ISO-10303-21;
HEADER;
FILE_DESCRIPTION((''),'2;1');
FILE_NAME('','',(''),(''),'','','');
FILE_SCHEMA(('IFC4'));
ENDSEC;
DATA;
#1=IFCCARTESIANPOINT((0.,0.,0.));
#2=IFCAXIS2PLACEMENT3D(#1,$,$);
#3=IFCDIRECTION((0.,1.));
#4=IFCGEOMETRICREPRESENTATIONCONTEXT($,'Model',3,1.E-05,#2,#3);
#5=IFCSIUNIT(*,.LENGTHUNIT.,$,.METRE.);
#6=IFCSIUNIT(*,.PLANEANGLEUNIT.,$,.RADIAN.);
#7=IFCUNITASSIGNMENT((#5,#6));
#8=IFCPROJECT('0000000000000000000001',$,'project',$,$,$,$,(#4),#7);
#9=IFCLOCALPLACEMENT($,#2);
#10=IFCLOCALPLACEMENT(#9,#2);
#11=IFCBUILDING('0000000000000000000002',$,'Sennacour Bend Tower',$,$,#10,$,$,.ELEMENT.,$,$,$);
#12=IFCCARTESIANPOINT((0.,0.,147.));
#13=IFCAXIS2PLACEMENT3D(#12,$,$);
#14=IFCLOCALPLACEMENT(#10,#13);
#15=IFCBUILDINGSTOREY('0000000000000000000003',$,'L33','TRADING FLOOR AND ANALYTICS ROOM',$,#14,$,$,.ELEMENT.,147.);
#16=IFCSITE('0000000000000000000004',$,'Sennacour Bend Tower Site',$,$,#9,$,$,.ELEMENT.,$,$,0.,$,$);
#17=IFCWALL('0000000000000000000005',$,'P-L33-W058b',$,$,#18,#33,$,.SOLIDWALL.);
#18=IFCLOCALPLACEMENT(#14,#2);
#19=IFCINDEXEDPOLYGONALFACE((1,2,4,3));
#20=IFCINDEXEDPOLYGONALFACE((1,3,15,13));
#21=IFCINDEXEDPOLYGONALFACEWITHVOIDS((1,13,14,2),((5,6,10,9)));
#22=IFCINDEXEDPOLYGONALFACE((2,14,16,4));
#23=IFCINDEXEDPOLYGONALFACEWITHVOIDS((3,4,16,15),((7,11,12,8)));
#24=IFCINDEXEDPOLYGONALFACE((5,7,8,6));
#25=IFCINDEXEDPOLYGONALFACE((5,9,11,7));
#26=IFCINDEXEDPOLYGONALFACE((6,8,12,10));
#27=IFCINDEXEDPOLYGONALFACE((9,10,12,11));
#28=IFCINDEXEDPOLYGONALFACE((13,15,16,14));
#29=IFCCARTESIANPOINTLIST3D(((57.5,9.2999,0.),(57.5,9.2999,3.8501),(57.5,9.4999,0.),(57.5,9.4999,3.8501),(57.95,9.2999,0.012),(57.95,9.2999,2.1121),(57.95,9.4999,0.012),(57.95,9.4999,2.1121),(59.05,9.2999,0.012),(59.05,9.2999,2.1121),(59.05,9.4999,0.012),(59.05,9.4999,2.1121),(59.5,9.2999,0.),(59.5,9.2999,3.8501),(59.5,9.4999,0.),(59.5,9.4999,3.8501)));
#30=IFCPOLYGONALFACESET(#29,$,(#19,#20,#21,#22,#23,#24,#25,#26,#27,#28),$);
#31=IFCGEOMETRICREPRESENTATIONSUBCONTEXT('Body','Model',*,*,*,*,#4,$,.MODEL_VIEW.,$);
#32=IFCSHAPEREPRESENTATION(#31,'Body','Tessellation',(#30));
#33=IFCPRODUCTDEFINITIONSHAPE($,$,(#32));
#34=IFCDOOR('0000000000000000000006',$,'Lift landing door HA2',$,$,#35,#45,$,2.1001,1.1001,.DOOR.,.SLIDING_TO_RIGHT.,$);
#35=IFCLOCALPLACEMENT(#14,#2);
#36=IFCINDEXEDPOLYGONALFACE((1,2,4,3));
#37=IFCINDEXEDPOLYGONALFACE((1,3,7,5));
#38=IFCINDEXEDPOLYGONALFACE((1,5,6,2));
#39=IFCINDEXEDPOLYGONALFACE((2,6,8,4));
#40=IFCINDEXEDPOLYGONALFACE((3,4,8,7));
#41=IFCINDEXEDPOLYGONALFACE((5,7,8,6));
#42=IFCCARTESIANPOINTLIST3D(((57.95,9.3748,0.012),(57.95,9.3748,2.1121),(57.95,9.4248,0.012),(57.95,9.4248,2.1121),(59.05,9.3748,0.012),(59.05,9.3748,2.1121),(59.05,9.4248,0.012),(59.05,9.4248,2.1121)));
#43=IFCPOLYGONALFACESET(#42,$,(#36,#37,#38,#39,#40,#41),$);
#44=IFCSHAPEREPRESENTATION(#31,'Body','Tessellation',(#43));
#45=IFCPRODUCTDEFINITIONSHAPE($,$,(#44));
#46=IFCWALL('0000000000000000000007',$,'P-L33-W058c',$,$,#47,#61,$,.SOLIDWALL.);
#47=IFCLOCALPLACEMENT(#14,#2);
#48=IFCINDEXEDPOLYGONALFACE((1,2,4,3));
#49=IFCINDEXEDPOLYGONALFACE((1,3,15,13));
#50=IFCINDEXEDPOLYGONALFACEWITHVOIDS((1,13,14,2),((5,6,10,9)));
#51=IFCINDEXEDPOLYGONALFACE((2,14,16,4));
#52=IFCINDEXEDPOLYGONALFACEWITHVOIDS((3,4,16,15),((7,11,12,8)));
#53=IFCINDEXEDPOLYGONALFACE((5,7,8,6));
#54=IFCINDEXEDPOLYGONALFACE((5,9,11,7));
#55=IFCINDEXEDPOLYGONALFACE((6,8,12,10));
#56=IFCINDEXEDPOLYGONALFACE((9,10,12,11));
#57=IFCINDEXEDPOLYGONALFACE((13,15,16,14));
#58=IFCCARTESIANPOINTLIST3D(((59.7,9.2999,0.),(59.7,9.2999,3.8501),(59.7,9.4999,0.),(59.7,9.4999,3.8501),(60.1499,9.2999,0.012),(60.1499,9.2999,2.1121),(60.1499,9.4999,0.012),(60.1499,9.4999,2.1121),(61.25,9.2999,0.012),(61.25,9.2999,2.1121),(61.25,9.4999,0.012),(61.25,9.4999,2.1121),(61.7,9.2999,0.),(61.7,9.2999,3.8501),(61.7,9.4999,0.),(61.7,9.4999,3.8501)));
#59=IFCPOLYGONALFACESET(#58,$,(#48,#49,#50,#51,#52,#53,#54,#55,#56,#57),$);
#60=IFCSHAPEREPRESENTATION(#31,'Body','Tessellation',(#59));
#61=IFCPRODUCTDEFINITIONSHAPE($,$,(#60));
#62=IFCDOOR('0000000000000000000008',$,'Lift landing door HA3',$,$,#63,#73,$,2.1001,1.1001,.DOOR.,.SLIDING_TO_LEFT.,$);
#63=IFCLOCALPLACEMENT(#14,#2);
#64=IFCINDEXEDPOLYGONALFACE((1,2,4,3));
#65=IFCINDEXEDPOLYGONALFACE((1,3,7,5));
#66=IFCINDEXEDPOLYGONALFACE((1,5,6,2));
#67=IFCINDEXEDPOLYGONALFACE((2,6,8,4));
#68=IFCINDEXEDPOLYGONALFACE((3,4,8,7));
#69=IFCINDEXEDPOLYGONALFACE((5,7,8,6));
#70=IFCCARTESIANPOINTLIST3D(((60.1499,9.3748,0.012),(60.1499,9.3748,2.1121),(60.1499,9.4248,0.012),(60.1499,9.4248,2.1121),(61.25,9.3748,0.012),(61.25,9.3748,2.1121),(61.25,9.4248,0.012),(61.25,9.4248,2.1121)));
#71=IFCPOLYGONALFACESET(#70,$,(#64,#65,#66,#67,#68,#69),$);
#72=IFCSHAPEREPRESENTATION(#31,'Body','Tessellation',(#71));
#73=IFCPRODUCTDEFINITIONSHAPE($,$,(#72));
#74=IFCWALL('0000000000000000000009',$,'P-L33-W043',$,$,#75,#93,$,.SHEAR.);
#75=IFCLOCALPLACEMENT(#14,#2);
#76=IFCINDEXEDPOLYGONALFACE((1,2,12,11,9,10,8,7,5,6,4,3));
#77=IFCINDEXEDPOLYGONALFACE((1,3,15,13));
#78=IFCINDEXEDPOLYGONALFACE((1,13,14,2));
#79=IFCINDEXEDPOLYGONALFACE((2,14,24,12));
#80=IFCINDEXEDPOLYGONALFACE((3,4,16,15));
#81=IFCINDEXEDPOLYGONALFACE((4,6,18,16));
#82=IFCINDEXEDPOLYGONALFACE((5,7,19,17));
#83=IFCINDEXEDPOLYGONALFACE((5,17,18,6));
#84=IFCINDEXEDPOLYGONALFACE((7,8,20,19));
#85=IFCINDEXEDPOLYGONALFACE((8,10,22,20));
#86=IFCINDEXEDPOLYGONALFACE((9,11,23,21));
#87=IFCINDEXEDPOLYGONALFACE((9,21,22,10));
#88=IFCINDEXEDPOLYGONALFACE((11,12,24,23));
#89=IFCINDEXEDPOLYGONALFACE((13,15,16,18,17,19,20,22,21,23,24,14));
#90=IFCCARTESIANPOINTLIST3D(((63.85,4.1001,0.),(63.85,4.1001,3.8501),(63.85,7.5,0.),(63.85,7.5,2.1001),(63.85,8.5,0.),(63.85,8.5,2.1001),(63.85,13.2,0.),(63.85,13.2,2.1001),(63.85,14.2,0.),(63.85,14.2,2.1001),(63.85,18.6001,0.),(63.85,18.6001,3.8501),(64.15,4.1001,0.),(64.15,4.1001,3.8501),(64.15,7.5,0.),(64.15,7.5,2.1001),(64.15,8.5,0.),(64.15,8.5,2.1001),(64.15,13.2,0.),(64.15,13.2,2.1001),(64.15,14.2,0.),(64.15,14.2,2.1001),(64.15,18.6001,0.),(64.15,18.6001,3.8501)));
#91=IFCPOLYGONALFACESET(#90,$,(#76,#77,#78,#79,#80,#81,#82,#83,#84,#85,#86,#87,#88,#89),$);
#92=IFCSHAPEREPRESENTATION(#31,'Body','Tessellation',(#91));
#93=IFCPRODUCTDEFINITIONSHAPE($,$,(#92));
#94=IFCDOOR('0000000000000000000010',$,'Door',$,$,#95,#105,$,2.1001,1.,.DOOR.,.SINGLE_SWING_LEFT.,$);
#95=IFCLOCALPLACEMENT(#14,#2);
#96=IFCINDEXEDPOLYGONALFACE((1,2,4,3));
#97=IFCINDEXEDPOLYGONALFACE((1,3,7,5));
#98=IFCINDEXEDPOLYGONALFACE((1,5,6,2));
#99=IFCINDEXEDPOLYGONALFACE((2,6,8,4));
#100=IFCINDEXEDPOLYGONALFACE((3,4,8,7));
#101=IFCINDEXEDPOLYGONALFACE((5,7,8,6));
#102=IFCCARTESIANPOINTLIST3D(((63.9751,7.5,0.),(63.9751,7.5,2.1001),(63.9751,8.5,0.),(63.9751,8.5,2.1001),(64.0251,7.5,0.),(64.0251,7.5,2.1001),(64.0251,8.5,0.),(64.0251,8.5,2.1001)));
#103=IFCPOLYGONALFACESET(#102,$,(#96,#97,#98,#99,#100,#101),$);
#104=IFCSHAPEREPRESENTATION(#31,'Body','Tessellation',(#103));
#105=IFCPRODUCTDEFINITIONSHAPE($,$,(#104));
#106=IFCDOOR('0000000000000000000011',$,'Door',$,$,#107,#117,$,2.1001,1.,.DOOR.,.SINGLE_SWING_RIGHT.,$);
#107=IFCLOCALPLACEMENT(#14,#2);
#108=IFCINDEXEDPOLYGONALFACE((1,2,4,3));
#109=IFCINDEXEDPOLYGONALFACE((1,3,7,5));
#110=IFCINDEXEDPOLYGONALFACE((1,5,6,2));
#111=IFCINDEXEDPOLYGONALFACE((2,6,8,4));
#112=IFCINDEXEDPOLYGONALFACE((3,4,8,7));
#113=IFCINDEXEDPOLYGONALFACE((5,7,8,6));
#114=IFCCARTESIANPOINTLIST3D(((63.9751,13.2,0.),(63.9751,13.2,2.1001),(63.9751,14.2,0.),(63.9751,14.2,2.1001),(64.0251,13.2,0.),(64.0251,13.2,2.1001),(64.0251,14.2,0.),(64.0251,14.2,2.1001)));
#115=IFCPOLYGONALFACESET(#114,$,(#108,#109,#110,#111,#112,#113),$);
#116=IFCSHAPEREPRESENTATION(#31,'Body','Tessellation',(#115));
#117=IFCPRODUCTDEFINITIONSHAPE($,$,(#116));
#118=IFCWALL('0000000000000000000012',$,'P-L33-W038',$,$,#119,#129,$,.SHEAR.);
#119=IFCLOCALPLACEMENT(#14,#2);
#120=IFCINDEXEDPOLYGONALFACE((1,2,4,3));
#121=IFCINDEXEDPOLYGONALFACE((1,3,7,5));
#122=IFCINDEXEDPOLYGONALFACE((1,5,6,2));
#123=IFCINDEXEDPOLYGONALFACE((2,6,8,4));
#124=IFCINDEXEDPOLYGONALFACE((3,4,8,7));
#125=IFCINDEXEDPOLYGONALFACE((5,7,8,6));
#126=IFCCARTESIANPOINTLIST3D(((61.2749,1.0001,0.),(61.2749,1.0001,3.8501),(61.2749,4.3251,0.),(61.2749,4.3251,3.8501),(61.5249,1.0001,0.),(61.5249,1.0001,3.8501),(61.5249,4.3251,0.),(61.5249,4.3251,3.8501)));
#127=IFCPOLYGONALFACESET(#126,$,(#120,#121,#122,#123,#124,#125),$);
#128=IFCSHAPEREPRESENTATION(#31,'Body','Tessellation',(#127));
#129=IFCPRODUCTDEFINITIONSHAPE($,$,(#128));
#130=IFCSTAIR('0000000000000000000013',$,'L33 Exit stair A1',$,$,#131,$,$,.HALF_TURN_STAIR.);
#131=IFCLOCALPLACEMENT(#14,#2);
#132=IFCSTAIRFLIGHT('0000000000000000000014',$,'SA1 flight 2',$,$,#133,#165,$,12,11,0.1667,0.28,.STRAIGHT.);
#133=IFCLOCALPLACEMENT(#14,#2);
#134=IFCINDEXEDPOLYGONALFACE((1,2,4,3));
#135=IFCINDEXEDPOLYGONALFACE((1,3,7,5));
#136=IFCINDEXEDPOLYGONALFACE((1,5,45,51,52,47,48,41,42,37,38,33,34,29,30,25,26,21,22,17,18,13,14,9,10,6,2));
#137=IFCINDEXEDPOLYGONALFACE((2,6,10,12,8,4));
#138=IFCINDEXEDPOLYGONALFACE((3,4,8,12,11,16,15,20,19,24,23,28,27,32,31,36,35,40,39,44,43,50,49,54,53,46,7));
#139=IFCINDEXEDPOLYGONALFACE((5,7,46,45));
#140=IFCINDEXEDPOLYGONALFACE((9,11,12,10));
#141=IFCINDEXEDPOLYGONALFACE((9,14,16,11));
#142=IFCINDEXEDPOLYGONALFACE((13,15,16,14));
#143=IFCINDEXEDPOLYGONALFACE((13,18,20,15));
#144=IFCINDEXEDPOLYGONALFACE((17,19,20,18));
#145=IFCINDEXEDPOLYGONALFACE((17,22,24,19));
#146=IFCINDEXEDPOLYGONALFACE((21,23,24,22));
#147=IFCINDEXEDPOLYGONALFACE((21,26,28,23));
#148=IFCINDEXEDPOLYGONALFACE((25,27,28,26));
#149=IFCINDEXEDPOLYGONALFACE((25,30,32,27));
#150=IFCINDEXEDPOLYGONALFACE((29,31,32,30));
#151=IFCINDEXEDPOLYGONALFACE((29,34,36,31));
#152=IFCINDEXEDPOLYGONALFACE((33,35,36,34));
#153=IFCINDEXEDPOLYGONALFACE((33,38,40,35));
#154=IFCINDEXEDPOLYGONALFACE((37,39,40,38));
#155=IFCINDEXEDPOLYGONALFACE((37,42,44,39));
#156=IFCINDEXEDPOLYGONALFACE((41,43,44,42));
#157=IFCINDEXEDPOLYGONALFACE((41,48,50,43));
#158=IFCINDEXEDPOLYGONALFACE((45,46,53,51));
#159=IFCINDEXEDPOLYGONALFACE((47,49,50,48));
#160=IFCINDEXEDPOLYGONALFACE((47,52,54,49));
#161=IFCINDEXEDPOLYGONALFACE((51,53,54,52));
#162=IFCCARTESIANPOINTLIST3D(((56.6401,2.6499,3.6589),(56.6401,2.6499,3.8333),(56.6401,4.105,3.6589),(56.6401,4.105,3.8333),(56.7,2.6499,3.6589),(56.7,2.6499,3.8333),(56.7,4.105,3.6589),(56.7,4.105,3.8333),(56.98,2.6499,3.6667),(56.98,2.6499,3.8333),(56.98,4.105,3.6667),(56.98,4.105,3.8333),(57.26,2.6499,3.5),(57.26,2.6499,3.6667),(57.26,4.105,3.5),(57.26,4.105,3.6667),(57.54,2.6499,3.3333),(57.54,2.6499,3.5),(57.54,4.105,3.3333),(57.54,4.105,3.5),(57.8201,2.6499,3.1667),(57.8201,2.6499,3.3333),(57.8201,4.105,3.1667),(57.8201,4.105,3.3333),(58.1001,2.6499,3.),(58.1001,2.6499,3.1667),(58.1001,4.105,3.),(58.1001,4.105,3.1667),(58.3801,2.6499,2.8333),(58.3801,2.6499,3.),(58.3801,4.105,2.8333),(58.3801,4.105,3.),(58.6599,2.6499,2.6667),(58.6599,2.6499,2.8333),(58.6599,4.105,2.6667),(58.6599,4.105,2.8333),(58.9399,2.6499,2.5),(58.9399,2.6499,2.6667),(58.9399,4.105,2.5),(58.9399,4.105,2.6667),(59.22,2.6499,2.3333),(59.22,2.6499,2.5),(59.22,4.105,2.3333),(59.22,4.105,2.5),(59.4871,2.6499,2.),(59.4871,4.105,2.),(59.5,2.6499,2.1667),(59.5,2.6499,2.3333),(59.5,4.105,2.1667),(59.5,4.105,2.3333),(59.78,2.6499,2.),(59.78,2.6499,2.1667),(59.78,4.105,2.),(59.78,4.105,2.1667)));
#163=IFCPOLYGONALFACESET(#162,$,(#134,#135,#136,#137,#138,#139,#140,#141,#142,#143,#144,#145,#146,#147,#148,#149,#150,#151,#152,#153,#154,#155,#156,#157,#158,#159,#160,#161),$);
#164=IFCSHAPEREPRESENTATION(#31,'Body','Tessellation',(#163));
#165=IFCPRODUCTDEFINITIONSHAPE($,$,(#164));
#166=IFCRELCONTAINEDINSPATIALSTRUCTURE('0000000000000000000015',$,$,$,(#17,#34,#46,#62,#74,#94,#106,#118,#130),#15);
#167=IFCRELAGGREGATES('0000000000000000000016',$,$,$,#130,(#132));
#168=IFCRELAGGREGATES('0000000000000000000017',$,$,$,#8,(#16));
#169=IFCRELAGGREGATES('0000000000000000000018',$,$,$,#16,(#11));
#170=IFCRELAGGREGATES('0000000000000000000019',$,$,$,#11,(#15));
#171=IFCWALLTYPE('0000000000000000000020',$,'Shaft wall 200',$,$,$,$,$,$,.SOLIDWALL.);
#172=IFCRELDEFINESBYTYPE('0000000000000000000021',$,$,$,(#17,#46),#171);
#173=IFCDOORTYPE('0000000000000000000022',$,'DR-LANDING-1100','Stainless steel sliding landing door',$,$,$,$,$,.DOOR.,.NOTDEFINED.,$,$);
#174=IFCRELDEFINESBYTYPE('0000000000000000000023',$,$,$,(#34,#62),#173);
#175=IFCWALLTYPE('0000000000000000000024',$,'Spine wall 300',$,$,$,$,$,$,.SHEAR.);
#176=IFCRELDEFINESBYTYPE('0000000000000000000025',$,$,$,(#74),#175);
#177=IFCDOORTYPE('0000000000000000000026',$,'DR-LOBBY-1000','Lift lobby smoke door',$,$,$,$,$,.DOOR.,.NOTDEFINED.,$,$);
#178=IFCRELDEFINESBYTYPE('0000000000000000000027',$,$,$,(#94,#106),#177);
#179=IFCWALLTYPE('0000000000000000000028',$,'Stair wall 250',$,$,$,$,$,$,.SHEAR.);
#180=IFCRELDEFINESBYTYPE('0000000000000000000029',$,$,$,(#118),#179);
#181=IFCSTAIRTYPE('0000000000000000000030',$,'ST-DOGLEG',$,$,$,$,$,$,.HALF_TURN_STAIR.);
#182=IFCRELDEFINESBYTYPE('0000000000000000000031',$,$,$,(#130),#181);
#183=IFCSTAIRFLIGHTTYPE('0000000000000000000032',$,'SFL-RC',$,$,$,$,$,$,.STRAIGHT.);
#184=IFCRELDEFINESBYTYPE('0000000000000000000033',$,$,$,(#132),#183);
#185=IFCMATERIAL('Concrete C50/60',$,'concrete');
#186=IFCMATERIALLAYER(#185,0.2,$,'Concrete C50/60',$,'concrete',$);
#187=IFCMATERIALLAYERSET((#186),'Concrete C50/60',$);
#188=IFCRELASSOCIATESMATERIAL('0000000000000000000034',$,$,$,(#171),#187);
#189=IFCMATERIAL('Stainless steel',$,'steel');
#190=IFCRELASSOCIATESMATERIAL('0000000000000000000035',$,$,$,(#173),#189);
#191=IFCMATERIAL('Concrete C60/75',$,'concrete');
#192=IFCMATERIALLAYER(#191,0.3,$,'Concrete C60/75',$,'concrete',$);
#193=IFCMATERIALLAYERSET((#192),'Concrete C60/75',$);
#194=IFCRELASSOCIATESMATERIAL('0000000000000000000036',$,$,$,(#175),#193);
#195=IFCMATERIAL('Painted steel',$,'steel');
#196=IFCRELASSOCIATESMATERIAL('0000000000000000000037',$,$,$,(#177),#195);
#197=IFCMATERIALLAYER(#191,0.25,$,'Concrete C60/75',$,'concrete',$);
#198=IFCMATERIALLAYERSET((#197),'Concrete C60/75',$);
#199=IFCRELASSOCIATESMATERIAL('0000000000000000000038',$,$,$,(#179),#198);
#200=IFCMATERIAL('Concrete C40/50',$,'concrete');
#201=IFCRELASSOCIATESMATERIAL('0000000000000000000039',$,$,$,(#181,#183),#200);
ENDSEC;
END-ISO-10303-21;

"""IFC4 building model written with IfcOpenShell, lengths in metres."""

from ifc_helpers import new_model, si_unit, direction, frame, frame_2d, origin, place, context, subcontext, project, spatial, polyline, rectangle, outline, extrude, material, layer, layer_set, type_object, element, fill, aggregate, save


model = new_model("IFC4")

# Units and contexts
model_context = context("Model", 3, precision=1e-05, world=origin(), true_north=direction((0.0, 1.0)))
body_context = subcontext(model_context, "Body", "Model", "MODEL_VIEW")
ifc_project = project(units=[si_unit("LENGTHUNIT", "METRE"), si_unit("PLANEANGLEUNIT", "RADIAN")], contexts=[model_context])

# Site, building, storey
site_placement = place(None, origin())
site = spatial("IfcSite", under=ifc_project, at=site_placement, Name="Sennacour Bend Tower Site", CompositionType="ELEMENT", RefElevation=0.0)
building_placement = place(site_placement, origin())
building = spatial("IfcBuilding", under=site, at=building_placement, Name="Sennacour Bend Tower", CompositionType="ELEMENT")
storey_placement = place(building_placement, frame((0.0, 0.0, 147.0)))
storey = spatial("IfcBuildingStorey", under=building, at=storey_placement, Name="L33", Description="TRADING FLOOR AND ANALYTICS ROOM", CompositionType="ELEMENT", Elevation=147.0)

# Shared definitions
ifc_material_1 = material(Name="Concrete C60/75", Category="concrete")

# Shared definitions
ifc_material_2 = material(Name="Painted steel", Category="steel")

# Shared definitions
ifc_material_3 = material(Name="Concrete C50/60", Category="concrete")
ifc_layer_1 = layer(ifc_material_3, 0.2, Name="Concrete C50/60", Category="concrete")
ifc_layer_set_1 = layer_set([ifc_layer_1], Name="Concrete C50/60")
wall_type_1 = type_object("IfcWallType", Name="Shaft wall 200", PredefinedType="SOLIDWALL", material=ifc_layer_set_1)

# Walls, openings, doors
wall_1_placement = place(storey_placement, frame((57.5, 9.3999, 0.0), z_axis=(0.0, 0.0, 1.0), x_axis=(1.0, 0.0, 0.0)))
wall_1 = element("IfcWall", 1, at=wall_1_placement, inside=storey, type_object=wall_type_1, Name="P-L33-W058b", PredefinedType="SOLIDWALL", context=body_context, shape_type="SweptSolid", body=[
    extrude(rectangle(XDim=2.0, YDim=0.2, at=frame_2d((1.0, 0.0))), origin(), (0.0, 0.0, 1.0), 3.8501),
])
opening_1_placement = place(wall_1_placement, frame((0.45, 0.0, 0.012)))
opening_1 = element("IfcOpeningElement", 2, at=opening_1_placement, cuts=wall_1, PredefinedType="OPENING", context=body_context, shape_type="SweptSolid", body=[
    extrude(rectangle(XDim=1.1001, YDim=2.1001, at=frame_2d((0.55, 1.05))), frame((0.0, 0.1099, 0.0), z_axis=(0.0, -1.0, 0.0), x_axis=(1.0, 0.0, 0.0)), (0.0, 0.0, 1.0), 0.22),
])
ifc_material_4 = material(Name="Stainless steel", Category="steel")
door_type_1 = type_object("IfcDoorType", Name="DR-LANDING-1100", Description="Stainless steel sliding landing door", OperationType="NOTDEFINED", PredefinedType="DOOR", material=ifc_material_4)
door_1_placement = place(opening_1_placement, origin())
door_1 = element("IfcDoor", 3, at=door_1_placement, inside=storey, type_object=door_type_1, Name="Lift landing door HA2", OperationType="SLIDING_TO_RIGHT", OverallHeight=2.1001, OverallWidth=1.1001, PredefinedType="DOOR", context=body_context, shape_type="SweptSolid", body=[
    extrude(rectangle(XDim=1.1001, YDim=2.1001, at=frame_2d((0.55, 1.05))), frame((0.0, 0.0249, 0.0), z_axis=(0.0, -1.0, 0.0), x_axis=(1.0, 0.0, 0.0)), (0.0, 0.0, 1.0), 0.05),
])
fill(opening_1, door_1)
wall_2_placement = place(storey_placement, frame((59.7, 9.3999, 0.0), z_axis=(0.0, 0.0, 1.0), x_axis=(1.0, 0.0, 0.0)))
wall_2 = element("IfcWall", 4, at=wall_2_placement, inside=storey, type_object=wall_type_1, Name="P-L33-W058c", PredefinedType="SOLIDWALL", context=body_context, shape_type="SweptSolid", body=[
    extrude(rectangle(XDim=2.0, YDim=0.2, at=frame_2d((1.0, 0.0))), origin(), (0.0, 0.0, 1.0), 3.8501),
])
opening_2_placement = place(wall_2_placement, frame((0.45, 0.0, 0.012)))
opening_2 = element("IfcOpeningElement", 5, at=opening_2_placement, cuts=wall_2, PredefinedType="OPENING", context=body_context, shape_type="SweptSolid", body=[
    extrude(rectangle(XDim=1.1001, YDim=2.1001, at=frame_2d((0.55, 1.05))), frame((0.0, 0.1099, 0.0), z_axis=(0.0, -1.0, 0.0), x_axis=(1.0, 0.0, 0.0)), (0.0, 0.0, 1.0), 0.22),
])
door_2_placement = place(opening_2_placement, origin())
door_2 = element("IfcDoor", 6, at=door_2_placement, inside=storey, type_object=door_type_1, Name="Lift landing door HA3", OperationType="SLIDING_TO_LEFT", OverallHeight=2.1001, OverallWidth=1.1001, PredefinedType="DOOR", context=body_context, shape_type="SweptSolid", body=[
    extrude(rectangle(XDim=1.1001, YDim=2.1001, at=frame_2d((0.55, 1.05))), frame((0.0, 0.0249, 0.0), z_axis=(0.0, -1.0, 0.0), x_axis=(1.0, 0.0, 0.0)), (0.0, 0.0, 1.0), 0.05),
])
fill(opening_2, door_2)

# Wall, openings, doors
ifc_layer_2 = layer(ifc_material_1, 0.3, Name="Concrete C60/75", Category="concrete")
ifc_layer_set_2 = layer_set([ifc_layer_2], Name="Concrete C60/75")
wall_type_2 = type_object("IfcWallType", Name="Spine wall 300", PredefinedType="SHEAR", material=ifc_layer_set_2)
wall_3_placement = place(storey_placement, frame((64.0, 4.1001, 0.0), z_axis=(0.0, 0.0, 1.0), x_axis=(0.0, 1.0, 0.0)))
wall_3 = element("IfcWall", 7, at=wall_3_placement, inside=storey, type_object=wall_type_2, Name="P-L33-W043", PredefinedType="SHEAR", context=body_context, shape_type="SweptSolid", body=[
    extrude(rectangle(XDim=14.5, YDim=0.3, at=frame_2d((7.25, 0.0))), origin(), (0.0, 0.0, 1.0), 3.8501),
])
opening_3_placement = place(wall_3_placement, frame((3.3999, 0.0, 0.0)))
opening_3 = element("IfcOpeningElement", 8, at=opening_3_placement, cuts=wall_3, PredefinedType="OPENING", context=body_context, shape_type="SweptSolid", body=[
    extrude(rectangle(XDim=1.0, YDim=2.1001, at=frame_2d((0.5, 1.05))), frame((0.0, 0.1602, 0.0), z_axis=(0.0, -1.0, 0.0), x_axis=(1.0, 0.0, 0.0)), (0.0, 0.0, 1.0), 0.3201),
])
opening_4_placement = place(wall_3_placement, frame((9.0999, 0.0, 0.0)))
opening_4 = element("IfcOpeningElement", 9, at=opening_4_placement, cuts=wall_3, PredefinedType="OPENING", context=body_context, shape_type="SweptSolid", body=[
    extrude(rectangle(XDim=1.0, YDim=2.1001, at=frame_2d((0.5, 1.05))), frame((0.0, 0.1602, 0.0), z_axis=(0.0, -1.0, 0.0), x_axis=(1.0, 0.0, 0.0)), (0.0, 0.0, 1.0), 0.3201),
])
door_type_2 = type_object("IfcDoorType", Name="DR-LOBBY-1000", Description="Lift lobby smoke door", OperationType="NOTDEFINED", PredefinedType="DOOR", material=ifc_material_2)
door_3_placement = place(opening_3_placement, origin())
door_3 = element("IfcDoor", 10, at=door_3_placement, inside=storey, type_object=door_type_2, Name="Door", OperationType="SINGLE_SWING_LEFT", OverallHeight=2.1001, OverallWidth=1.0, PredefinedType="DOOR", context=body_context, shape_type="SweptSolid", body=[
    extrude(rectangle(XDim=1.0, YDim=2.1001, at=frame_2d((0.5, 1.05))), frame((0.0, 0.0249, 0.0), z_axis=(0.0, -1.0, 0.0), x_axis=(1.0, 0.0, 0.0)), (0.0, 0.0, 1.0), 0.05),
])
fill(opening_3, door_3)
door_4_placement = place(opening_4_placement, origin())
door_4 = element("IfcDoor", 11, at=door_4_placement, inside=storey, type_object=door_type_2, Name="Door", OperationType="SINGLE_SWING_RIGHT", OverallHeight=2.1001, OverallWidth=1.0, PredefinedType="DOOR", context=body_context, shape_type="SweptSolid", body=[
    extrude(rectangle(XDim=1.0, YDim=2.1001, at=frame_2d((0.5, 1.05))), frame((0.0, 0.0249, 0.0), z_axis=(0.0, -1.0, 0.0), x_axis=(1.0, 0.0, 0.0)), (0.0, 0.0, 1.0), 0.05),
])
fill(opening_4, door_4)

# Wall
ifc_layer_3 = layer(ifc_material_1, 0.25, Name="Concrete C60/75", Category="concrete")
ifc_layer_set_3 = layer_set([ifc_layer_3], Name="Concrete C60/75")
wall_type_3 = type_object("IfcWallType", Name="Stair wall 250", PredefinedType="SHEAR", material=ifc_layer_set_3)
wall_4_placement = place(storey_placement, frame((61.3999, 1.0, 0.0), z_axis=(0.0, 0.0, 1.0), x_axis=(0.0, 1.0, 0.0)))
element("IfcWall", 12, at=wall_4_placement, inside=storey, type_object=wall_type_3, Name="P-L33-W038", PredefinedType="SHEAR", context=body_context, shape_type="SweptSolid", body=[
    extrude(rectangle(XDim=3.325, YDim=0.25, at=frame_2d((1.6626, 0.0))), origin(), (0.0, 0.0, 1.0), 3.8501),
])

# Stair, stair flight
ifc_material_5 = material(Name="Concrete C40/50", Category="concrete")
stair_type = type_object("IfcStairType", Name="ST-DOGLEG", PredefinedType="HALF_TURN_STAIR", material=ifc_material_5)
stair_placement = place(storey_placement, origin())
stair = element("IfcStair", 13, at=stair_placement, inside=storey, type_object=stair_type, Name="L33 Exit stair A1", PredefinedType="HALF_TURN_STAIR")
stair_flight_type = type_object("IfcStairFlightType", Name="SFL-RC", PredefinedType="STRAIGHT", material=ifc_material_5)
stair_flight_placement = place(storey_placement, frame((59.78, 3.3774, 2.0), z_axis=(0.0, 0.0, 1.0), x_axis=(-1.0, 0.0, 0.0)))
stair_flight = element("IfcStairFlight", 14, at=stair_flight_placement, type_object=stair_flight_type, Name="SA1 flight 2", NumberOfRisers=12, NumberOfTreads=11, PredefinedType="STRAIGHT", RiserHeight=0.1667, TreadLength=0.28, context=body_context, shape_type="SweptSolid", body=[
    extrude(outline(polyline([(0.0, 0.0), (0.0, 0.1667), (0.28, 0.1667), (0.28, 0.3333), (0.5601, 0.3333), (0.5601, 0.5), (0.8401, 0.5), (0.8401, 0.6667), (1.1201, 0.6667), (1.1201, 0.8333), (1.3999, 0.8333), (1.3999, 1.0), (1.6799, 1.0), (1.6799, 1.1667), (1.96, 1.1667), (1.96, 1.3333), (2.24, 1.3333), (2.24, 1.5), (2.52, 1.5), (2.52, 1.6667), (2.8, 1.6667), (2.8, 1.8333), (3.0801, 1.8333), (3.1399, 1.8333), (3.1399, 1.6589), (3.0801, 1.6589), (0.293, 0.0), (0.0, 0.0)])), frame((0.0, 0.7275, 0.0), z_axis=(0.0, -1.0, 0.0), x_axis=(1.0, 0.0, 0.0)), (0.0, 0.0, 1.0), 1.4551),
])
aggregate(stair, [stair_flight])

save(model, "model.ifc")
